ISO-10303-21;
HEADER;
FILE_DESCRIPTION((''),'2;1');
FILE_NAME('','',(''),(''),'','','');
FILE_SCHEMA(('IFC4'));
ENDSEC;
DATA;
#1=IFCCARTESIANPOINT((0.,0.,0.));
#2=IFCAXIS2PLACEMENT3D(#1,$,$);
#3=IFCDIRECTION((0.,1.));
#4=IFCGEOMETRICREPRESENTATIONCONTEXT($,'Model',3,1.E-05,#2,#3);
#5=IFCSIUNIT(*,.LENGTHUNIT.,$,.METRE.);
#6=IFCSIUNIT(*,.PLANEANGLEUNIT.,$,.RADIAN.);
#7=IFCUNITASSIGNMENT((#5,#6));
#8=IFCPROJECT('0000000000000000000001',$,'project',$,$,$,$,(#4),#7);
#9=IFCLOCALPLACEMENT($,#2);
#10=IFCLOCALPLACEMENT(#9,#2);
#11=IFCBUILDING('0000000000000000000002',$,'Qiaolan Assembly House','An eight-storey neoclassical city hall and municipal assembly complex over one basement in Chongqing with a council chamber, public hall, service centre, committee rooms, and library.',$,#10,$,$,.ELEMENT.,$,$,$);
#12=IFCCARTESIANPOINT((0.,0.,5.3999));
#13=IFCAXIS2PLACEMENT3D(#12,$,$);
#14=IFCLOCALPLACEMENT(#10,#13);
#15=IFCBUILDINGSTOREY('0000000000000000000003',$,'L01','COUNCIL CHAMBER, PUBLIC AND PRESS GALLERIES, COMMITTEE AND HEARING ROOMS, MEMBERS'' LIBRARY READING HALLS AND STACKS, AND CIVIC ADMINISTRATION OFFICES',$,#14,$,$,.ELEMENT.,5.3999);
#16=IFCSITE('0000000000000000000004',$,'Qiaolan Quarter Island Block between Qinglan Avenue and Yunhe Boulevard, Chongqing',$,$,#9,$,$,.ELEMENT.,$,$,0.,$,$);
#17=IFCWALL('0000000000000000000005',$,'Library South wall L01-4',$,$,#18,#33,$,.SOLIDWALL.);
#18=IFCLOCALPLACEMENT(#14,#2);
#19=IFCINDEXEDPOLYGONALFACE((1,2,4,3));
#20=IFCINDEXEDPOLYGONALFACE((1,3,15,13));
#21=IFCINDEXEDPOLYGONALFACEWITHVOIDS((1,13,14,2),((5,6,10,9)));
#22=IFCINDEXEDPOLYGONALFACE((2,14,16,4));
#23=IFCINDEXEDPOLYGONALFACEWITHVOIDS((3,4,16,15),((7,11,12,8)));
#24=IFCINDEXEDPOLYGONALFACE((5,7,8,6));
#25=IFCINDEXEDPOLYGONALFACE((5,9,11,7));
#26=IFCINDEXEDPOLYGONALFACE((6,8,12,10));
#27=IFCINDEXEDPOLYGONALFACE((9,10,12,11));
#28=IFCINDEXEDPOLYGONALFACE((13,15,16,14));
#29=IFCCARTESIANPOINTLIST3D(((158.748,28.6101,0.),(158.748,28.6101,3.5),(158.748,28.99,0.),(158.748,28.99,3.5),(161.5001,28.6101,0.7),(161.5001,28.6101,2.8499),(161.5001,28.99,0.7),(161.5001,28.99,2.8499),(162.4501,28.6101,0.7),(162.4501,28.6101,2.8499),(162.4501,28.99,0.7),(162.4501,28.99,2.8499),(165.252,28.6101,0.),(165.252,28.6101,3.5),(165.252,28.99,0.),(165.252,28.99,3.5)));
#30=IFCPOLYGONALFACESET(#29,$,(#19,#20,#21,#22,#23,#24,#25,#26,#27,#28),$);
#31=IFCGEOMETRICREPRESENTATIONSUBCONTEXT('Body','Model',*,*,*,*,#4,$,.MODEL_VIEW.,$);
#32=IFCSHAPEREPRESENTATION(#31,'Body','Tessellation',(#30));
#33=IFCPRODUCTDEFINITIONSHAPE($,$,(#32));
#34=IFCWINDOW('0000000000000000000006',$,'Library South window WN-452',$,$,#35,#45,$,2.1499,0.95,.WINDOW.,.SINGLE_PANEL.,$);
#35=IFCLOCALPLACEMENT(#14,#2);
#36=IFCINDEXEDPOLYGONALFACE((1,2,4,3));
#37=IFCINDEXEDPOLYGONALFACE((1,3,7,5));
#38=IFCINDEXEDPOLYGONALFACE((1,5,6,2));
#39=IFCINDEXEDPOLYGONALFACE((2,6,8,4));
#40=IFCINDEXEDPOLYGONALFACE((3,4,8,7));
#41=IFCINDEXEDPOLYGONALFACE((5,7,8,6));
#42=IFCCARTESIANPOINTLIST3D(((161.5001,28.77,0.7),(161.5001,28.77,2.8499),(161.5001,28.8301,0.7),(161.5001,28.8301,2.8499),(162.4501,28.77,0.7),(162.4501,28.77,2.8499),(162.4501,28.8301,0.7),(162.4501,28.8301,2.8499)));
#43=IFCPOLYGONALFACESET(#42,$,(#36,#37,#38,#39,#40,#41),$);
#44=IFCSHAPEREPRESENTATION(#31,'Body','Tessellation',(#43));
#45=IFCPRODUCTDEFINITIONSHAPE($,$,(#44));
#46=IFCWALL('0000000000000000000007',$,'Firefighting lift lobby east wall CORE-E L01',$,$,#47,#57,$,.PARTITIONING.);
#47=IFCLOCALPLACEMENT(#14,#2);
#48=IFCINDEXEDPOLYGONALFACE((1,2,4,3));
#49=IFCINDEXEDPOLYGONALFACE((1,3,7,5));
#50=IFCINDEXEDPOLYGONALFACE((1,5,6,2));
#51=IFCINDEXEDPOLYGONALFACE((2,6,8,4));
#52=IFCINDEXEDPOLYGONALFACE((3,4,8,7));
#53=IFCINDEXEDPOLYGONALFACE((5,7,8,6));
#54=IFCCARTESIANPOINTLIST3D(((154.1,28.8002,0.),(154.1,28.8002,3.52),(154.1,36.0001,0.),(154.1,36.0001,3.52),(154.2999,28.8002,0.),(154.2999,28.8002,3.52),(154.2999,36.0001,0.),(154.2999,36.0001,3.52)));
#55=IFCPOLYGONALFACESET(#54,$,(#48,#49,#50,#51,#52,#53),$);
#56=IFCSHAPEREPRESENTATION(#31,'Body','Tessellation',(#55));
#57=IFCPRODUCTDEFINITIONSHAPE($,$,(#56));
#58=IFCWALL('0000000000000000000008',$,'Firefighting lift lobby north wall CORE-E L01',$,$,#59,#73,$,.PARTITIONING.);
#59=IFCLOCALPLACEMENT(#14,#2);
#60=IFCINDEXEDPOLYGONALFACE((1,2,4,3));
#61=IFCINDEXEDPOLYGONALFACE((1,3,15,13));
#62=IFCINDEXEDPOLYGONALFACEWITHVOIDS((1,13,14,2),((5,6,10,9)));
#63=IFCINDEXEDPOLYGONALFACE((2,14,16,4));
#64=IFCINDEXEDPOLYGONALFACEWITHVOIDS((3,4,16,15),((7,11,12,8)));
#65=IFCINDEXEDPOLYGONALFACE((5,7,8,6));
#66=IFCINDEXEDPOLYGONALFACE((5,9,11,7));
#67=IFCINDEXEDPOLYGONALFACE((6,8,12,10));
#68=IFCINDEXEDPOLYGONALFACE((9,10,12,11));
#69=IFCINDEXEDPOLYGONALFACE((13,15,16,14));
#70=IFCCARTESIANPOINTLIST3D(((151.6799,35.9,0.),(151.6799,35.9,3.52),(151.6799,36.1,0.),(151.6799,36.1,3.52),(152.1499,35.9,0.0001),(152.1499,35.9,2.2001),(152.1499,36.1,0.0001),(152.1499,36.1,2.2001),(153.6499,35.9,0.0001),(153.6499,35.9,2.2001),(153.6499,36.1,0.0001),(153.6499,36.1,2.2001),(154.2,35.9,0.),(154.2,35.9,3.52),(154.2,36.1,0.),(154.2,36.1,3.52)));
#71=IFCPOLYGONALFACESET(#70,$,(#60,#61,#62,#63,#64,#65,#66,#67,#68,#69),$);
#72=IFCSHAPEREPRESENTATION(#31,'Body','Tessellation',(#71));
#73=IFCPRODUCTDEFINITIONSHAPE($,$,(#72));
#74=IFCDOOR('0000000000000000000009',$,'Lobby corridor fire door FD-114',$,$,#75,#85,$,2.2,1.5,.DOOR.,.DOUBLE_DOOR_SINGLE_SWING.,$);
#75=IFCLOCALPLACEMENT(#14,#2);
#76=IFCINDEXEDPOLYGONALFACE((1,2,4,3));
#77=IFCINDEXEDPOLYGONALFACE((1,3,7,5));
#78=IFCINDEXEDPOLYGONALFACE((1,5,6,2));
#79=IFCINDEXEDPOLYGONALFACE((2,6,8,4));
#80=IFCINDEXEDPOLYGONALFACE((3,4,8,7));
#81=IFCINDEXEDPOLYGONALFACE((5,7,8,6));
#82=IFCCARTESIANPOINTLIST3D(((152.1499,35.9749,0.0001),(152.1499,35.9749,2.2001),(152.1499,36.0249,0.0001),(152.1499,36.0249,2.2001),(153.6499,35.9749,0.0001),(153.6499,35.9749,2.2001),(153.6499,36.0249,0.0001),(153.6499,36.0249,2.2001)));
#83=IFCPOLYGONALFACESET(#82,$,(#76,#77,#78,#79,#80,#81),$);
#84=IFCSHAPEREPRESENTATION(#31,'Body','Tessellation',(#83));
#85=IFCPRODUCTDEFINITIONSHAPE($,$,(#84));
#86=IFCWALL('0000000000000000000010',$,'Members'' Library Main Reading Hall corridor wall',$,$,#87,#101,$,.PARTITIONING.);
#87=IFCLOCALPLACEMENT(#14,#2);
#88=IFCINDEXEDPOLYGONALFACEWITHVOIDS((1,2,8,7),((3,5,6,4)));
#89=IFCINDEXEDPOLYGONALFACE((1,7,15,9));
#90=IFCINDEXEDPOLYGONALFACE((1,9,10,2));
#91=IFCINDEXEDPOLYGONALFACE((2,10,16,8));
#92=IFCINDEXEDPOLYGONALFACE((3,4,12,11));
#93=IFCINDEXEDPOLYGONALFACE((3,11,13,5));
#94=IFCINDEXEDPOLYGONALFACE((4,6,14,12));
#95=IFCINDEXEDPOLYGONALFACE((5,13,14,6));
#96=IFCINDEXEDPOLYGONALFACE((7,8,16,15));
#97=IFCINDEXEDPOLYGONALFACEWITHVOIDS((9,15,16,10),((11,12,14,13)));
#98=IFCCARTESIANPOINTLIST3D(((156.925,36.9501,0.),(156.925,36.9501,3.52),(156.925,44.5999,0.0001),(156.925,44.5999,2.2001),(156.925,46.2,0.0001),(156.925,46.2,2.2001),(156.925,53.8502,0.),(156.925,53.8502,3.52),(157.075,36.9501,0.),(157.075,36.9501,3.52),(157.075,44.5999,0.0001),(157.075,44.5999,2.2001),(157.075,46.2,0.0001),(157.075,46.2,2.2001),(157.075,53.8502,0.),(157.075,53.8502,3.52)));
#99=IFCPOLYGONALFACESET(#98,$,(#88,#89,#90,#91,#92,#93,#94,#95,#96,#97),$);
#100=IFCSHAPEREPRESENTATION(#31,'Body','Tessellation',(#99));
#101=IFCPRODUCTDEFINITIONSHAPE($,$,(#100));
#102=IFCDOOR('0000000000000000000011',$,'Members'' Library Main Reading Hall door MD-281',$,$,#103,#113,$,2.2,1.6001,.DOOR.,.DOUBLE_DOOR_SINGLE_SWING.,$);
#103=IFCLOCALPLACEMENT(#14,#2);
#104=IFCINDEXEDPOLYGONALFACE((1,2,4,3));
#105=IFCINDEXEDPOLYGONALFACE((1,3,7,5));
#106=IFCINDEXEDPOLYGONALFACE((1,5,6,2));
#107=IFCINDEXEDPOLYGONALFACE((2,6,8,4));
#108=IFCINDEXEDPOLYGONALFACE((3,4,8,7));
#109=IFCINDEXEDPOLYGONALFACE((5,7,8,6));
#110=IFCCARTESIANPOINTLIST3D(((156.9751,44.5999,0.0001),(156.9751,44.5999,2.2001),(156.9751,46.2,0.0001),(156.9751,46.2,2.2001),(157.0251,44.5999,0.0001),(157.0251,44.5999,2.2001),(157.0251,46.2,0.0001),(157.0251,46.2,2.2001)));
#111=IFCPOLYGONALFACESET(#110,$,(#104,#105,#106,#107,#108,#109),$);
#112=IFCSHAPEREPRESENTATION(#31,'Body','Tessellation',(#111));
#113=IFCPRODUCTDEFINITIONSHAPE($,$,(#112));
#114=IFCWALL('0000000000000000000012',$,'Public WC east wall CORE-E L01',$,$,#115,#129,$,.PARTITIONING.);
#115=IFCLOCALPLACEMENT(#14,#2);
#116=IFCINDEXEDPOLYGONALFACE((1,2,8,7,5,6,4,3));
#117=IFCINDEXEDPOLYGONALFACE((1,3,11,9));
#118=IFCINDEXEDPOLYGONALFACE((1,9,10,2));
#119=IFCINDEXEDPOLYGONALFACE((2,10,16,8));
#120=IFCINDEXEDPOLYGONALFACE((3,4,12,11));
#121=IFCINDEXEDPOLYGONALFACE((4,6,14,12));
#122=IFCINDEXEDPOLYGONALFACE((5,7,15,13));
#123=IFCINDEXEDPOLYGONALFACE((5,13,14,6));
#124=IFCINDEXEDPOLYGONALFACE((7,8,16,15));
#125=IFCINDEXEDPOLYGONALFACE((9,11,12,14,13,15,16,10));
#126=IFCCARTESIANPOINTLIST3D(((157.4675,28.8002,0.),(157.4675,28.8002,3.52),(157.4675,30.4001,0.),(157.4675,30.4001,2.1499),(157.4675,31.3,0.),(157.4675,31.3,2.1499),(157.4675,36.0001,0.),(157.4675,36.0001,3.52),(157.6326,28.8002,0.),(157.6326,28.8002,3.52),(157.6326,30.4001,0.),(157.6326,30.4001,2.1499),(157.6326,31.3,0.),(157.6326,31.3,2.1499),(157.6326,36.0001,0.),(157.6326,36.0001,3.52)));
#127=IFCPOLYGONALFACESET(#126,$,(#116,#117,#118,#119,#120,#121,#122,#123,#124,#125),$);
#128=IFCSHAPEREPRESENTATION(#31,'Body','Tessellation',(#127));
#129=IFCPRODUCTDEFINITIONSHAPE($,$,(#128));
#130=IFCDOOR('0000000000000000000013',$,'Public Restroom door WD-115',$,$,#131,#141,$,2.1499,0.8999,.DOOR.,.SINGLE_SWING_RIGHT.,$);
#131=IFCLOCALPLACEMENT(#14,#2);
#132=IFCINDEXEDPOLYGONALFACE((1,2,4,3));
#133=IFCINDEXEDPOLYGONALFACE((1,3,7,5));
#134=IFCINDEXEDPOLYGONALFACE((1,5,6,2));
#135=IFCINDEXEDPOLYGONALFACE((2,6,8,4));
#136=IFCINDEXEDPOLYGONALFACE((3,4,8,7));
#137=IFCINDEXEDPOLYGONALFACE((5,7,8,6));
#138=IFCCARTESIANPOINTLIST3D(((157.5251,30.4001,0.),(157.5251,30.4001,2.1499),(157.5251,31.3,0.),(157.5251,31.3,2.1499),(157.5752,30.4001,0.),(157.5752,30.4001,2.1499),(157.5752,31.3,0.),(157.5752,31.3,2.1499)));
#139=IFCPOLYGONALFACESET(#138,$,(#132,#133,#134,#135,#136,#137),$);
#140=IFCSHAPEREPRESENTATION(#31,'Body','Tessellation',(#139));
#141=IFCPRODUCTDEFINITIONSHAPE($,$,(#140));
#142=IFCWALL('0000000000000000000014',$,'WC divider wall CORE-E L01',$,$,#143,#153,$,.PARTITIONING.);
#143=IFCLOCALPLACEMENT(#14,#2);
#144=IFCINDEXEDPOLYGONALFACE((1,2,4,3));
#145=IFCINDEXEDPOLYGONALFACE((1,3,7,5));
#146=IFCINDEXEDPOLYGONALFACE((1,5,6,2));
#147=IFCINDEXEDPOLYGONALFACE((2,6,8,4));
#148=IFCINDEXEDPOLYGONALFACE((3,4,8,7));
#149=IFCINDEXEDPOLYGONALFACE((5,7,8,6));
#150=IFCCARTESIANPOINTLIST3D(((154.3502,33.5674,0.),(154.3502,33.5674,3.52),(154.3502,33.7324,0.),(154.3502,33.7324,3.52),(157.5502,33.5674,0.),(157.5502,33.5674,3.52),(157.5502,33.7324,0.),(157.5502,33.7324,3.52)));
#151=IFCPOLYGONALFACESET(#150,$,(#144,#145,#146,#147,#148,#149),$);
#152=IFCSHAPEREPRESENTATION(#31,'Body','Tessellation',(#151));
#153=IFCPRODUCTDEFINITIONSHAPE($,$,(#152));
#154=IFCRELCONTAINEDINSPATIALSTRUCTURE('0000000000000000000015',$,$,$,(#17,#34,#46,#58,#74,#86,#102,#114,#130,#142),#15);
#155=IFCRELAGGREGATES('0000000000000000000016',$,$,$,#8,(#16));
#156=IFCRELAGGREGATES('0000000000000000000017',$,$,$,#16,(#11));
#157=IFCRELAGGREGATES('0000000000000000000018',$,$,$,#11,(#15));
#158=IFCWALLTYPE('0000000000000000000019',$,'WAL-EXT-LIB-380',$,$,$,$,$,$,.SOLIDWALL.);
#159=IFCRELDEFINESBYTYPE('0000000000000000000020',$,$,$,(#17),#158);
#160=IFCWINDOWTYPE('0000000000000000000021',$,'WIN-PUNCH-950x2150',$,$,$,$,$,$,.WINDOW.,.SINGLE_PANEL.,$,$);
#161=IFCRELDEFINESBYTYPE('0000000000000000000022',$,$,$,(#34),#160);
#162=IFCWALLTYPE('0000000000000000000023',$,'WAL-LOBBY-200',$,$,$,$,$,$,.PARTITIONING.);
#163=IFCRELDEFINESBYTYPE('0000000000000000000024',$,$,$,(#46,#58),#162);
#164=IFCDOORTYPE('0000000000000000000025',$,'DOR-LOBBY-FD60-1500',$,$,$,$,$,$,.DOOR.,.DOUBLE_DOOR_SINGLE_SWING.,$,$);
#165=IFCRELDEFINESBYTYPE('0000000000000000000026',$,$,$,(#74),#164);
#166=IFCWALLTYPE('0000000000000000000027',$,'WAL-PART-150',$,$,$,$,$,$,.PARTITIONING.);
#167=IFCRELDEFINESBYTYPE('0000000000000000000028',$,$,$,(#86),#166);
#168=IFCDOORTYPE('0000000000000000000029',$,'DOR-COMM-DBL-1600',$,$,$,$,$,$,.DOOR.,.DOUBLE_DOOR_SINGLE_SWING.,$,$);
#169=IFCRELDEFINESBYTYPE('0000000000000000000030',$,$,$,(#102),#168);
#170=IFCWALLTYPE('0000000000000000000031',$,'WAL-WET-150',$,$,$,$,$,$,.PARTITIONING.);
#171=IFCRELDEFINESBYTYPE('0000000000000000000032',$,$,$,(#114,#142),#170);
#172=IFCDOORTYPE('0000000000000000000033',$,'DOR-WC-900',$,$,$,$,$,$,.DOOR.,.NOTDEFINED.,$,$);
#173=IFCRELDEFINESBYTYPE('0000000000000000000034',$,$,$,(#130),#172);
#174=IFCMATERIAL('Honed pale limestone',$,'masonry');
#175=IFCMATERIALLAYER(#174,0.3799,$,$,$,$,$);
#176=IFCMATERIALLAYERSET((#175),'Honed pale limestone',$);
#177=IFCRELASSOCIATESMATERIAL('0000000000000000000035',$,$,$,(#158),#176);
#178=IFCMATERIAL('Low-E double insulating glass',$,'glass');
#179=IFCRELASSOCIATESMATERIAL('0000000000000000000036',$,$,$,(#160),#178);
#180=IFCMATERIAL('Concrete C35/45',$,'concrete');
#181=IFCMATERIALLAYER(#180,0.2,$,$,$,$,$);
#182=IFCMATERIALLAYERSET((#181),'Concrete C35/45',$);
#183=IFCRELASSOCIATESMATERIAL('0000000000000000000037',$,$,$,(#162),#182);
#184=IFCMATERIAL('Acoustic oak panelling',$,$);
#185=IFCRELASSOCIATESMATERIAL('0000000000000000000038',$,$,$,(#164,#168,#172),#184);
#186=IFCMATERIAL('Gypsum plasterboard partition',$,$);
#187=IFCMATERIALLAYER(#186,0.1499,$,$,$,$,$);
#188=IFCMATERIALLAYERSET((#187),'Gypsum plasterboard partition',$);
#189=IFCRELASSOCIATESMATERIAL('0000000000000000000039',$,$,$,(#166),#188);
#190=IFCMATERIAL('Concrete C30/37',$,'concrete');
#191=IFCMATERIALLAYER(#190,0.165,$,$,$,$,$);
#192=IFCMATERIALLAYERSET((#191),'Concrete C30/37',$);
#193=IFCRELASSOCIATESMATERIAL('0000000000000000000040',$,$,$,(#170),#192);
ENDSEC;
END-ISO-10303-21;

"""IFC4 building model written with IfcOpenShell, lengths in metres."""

from ifc_helpers import new_model, si_unit, direction, frame, frame_2d, origin, place, context, subcontext, project, spatial, rectangle, extrude, material, layer, layer_set, type_object, element, fill, save


model = new_model("IFC4")

# Units and contexts
model_context = context("Model", 3, precision=1e-05, world=origin(), true_north=direction((0.0, 1.0)))
body_context = subcontext(model_context, "Body", "Model", "MODEL_VIEW")
ifc_project = project(units=[si_unit("LENGTHUNIT", "METRE"), si_unit("PLANEANGLEUNIT", "RADIAN")], contexts=[model_context])

# Site, building, storey
site_placement = place(None, origin())
site = spatial("IfcSite", under=ifc_project, at=site_placement, Name="Qiaolan Quarter Island Block between Qinglan Avenue and Yunhe Boulevard, Chongqing", CompositionType="ELEMENT", RefElevation=0.0)
building_placement = place(site_placement, origin())
building = spatial("IfcBuilding", under=site, at=building_placement, Name="Qiaolan Assembly House", Description="An eight-storey neoclassical city hall and municipal assembly complex over one basement in Chongqing with a council chamber, public hall, service centre, committee rooms, and library.", CompositionType="ELEMENT")
storey_placement = place(building_placement, frame((0.0, 0.0, 5.3999)))
storey = spatial("IfcBuildingStorey", under=building, at=storey_placement, Name="L01", Description="COUNCIL CHAMBER, PUBLIC AND PRESS GALLERIES, COMMITTEE AND HEARING ROOMS, MEMBERS' LIBRARY READING HALLS AND STACKS, AND CIVIC ADMINISTRATION OFFICES", CompositionType="ELEMENT", Elevation=5.3999)

# Wall, opening, window
ifc_material_1 = material(Name="Honed pale limestone", Category="masonry")
ifc_layer_1 = layer(ifc_material_1, 0.3799)
ifc_layer_set_1 = layer_set([ifc_layer_1], Name="Honed pale limestone")
wall_type_1 = type_object("IfcWallType", Name="WAL-EXT-LIB-380", PredefinedType="SOLIDWALL", material=ifc_layer_set_1)
wall_1_placement = place(storey_placement, frame((158.748, 28.8, 0.0), z_axis=(0.0, 0.0, 1.0), x_axis=(1.0, 0.0, 0.0)))
wall_1 = element("IfcWall", 1, at=wall_1_placement, inside=storey, type_object=wall_type_1, Name="Library South wall L01-4", PredefinedType="SOLIDWALL", context=body_context, shape_type="SweptSolid", body=[
    extrude(rectangle(XDim=6.5039, YDim=0.3799, at=frame_2d((3.252, 0.0))), origin(), (0.0, 0.0, 1.0), 3.5),
])
opening_1_placement = place(wall_1_placement, frame((2.752, 0.0, 0.7)))
opening_1 = element("IfcOpeningElement", 2, at=opening_1_placement, cuts=wall_1, PredefinedType="OPENING", context=body_context, shape_type="SweptSolid", body=[
    extrude(rectangle(XDim=0.95, YDim=2.1499, at=frame_2d((0.4751, 1.075))), frame((0.0, 0.2, 0.0), z_axis=(0.0, -1.0, 0.0), x_axis=(1.0, 0.0, 0.0)), (0.0, 0.0, 1.0), 0.3999),
])
ifc_material_2 = material(Name="Low-E double insulating glass", Category="glass")
window_type = type_object("IfcWindowType", Name="WIN-PUNCH-950x2150", PartitioningType="SINGLE_PANEL", PredefinedType="WINDOW", material=ifc_material_2)
window_placement = place(opening_1_placement, origin())
window = element("IfcWindow", 3, at=window_placement, inside=storey, type_object=window_type, Name="Library South window WN-452", OverallHeight=2.1499, OverallWidth=0.95, PartitioningType="SINGLE_PANEL", PredefinedType="WINDOW", context=body_context, shape_type="SweptSolid", body=[
    extrude(rectangle(XDim=0.95, YDim=2.1499, at=frame_2d((0.4751, 1.075))), frame((0.0, 0.03, 0.0), z_axis=(0.0, -1.0, 0.0), x_axis=(1.0, 0.0, 0.0)), (0.0, 0.0, 1.0), 0.0601),
])
fill(opening_1, window)

# Wall
ifc_material_3 = material(Name="Concrete C35/45", Category="concrete")
ifc_layer_2 = layer(ifc_material_3, 0.2)
ifc_layer_set_2 = layer_set([ifc_layer_2], Name="Concrete C35/45")
wall_type_2 = type_object("IfcWallType", Name="WAL-LOBBY-200", PredefinedType="PARTITIONING", material=ifc_layer_set_2)
wall_2_placement = place(storey_placement, frame((154.2, 28.8, 0.0), z_axis=(0.0, 0.0, 1.0), x_axis=(0.0, 1.0, 0.0)))
element("IfcWall", 4, at=wall_2_placement, inside=storey, type_object=wall_type_2, Name="Firefighting lift lobby east wall CORE-E L01", PredefinedType="PARTITIONING", context=body_context, shape_type="SweptSolid", body=[
    extrude(rectangle(XDim=7.2, YDim=0.2, at=frame_2d((3.6001, 0.0))), origin(), (0.0, 0.0, 1.0), 3.52),
])

# Walls, openings, doors
wall_3_placement = place(storey_placement, frame((154.2, 36.0, 0.0), z_axis=(0.0, 0.0, 1.0), x_axis=(-1.0, 0.0, 0.0)))
wall_3 = element("IfcWall", 5, at=wall_3_placement, inside=storey, type_object=wall_type_2, Name="Firefighting lift lobby north wall CORE-E L01", PredefinedType="PARTITIONING", context=body_context, shape_type="SweptSolid", body=[
    extrude(rectangle(XDim=2.52, YDim=0.2, at=frame_2d((1.26, 0.0))), origin(), (0.0, 0.0, 1.0), 3.52),
])
opening_2_placement = place(wall_3_placement, frame((0.55, 0.0, 0.0)))
opening_2 = element("IfcOpeningElement", 6, at=opening_2_placement, cuts=wall_3, PredefinedType="OPENING", context=body_context, shape_type="SweptSolid", body=[
    extrude(rectangle(XDim=1.5, YDim=2.2, at=frame_2d((0.75, 1.1001))), frame((0.0, 0.1099, 0.0), z_axis=(0.0, -1.0, 0.0), x_axis=(1.0, 0.0, 0.0)), (0.0, 0.0, 1.0), 0.22),
])
ifc_material_4 = material(Name="Acoustic oak panelling")
door_type_1 = type_object("IfcDoorType", Name="DOR-LOBBY-FD60-1500", OperationType="DOUBLE_DOOR_SINGLE_SWING", PredefinedType="DOOR", material=ifc_material_4)
door_1_placement = place(opening_2_placement, frame((1.5, 0.0, 0.0), z_axis=(0.0, 0.0, 1.0), x_axis=(-1.0, 0.0, 0.0)))
door_1 = element("IfcDoor", 7, at=door_1_placement, inside=storey, type_object=door_type_1, Name="Lobby corridor fire door FD-114", OperationType="DOUBLE_DOOR_SINGLE_SWING", OverallHeight=2.2, OverallWidth=1.5, PredefinedType="DOOR", context=body_context, shape_type="SweptSolid", body=[
    extrude(rectangle(XDim=1.5, YDim=2.2, at=frame_2d((0.75, 1.1001))), frame((0.0, 0.0249, 0.0), z_axis=(0.0, -1.0, 0.0), x_axis=(1.0, 0.0, 0.0)), (0.0, 0.0, 1.0), 0.05),
])
fill(opening_2, door_1)
ifc_material_5 = material(Name="Gypsum plasterboard partition")
ifc_layer_3 = layer(ifc_material_5, 0.1499)
ifc_layer_set_3 = layer_set([ifc_layer_3], Name="Gypsum plasterboard partition")
wall_type_3 = type_object("IfcWallType", Name="WAL-PART-150", PredefinedType="PARTITIONING", material=ifc_layer_set_3)
wall_4_placement = place(storey_placement, frame((157.0, 36.95, 0.0), z_axis=(0.0, 0.0, 1.0), x_axis=(0.0, 1.0, 0.0)))
wall_4 = element("IfcWall", 8, at=wall_4_placement, inside=storey, type_object=wall_type_3, Name="Members' Library Main Reading Hall corridor wall", PredefinedType="PARTITIONING", context=body_context, shape_type="SweptSolid", body=[
    extrude(rectangle(XDim=16.9001, YDim=0.1499, at=frame_2d((8.4502, 0.0))), origin(), (0.0, 0.0, 1.0), 3.52),
])
opening_3_placement = place(wall_4_placement, frame((7.6499, 0.0, 0.0)))
opening_3 = element("IfcOpeningElement", 9, at=opening_3_placement, cuts=wall_4, PredefinedType="OPENING", context=body_context, shape_type="SweptSolid", body=[
    extrude(rectangle(XDim=1.6001, YDim=2.2, at=frame_2d((0.8, 1.1001))), frame((0.0, 0.085, 0.0), z_axis=(0.0, -1.0, 0.0), x_axis=(1.0, 0.0, 0.0)), (0.0, 0.0, 1.0), 0.1699),
])
door_type_2 = type_object("IfcDoorType", Name="DOR-COMM-DBL-1600", OperationType="DOUBLE_DOOR_SINGLE_SWING", PredefinedType="DOOR", material=ifc_material_4)
door_2_placement = place(opening_3_placement, origin())
door_2 = element("IfcDoor", 10, at=door_2_placement, inside=storey, type_object=door_type_2, Name="Members' Library Main Reading Hall door MD-281", OperationType="DOUBLE_DOOR_SINGLE_SWING", OverallHeight=2.2, OverallWidth=1.6001, PredefinedType="DOOR", context=body_context, shape_type="SweptSolid", body=[
    extrude(rectangle(XDim=1.6001, YDim=2.2, at=frame_2d((0.8, 1.1001))), frame((0.0, 0.0249, 0.0), z_axis=(0.0, -1.0, 0.0), x_axis=(1.0, 0.0, 0.0)), (0.0, 0.0, 1.0), 0.05),
])
fill(opening_3, door_2)
ifc_material_6 = material(Name="Concrete C30/37", Category="concrete")
ifc_layer_4 = layer(ifc_material_6, 0.165)
ifc_layer_set_4 = layer_set([ifc_layer_4], Name="Concrete C30/37")
wall_type_4 = type_object("IfcWallType", Name="WAL-WET-150", PredefinedType="PARTITIONING", material=ifc_layer_set_4)
wall_5_placement = place(storey_placement, frame((157.55, 28.8, 0.0), z_axis=(0.0, 0.0, 1.0), x_axis=(0.0, 1.0, 0.0)))
wall_5 = element("IfcWall", 11, at=wall_5_placement, inside=storey, type_object=wall_type_4, Name="Public WC east wall CORE-E L01", PredefinedType="PARTITIONING", context=body_context, shape_type="SweptSolid", body=[
    extrude(rectangle(XDim=7.2, YDim=0.165, at=frame_2d((3.6001, 0.0))), origin(), (0.0, 0.0, 1.0), 3.52),
])
opening_4_placement = place(wall_5_placement, frame((1.6001, 0.0, 0.0)))
opening_4 = element("IfcOpeningElement", 12, at=opening_4_placement, cuts=wall_5, PredefinedType="OPENING", context=body_context, shape_type="SweptSolid", body=[
    extrude(rectangle(XDim=0.8999, YDim=2.1499, at=frame_2d((0.45, 1.075))), frame((0.0, 0.0925, 0.0), z_axis=(0.0, -1.0, 0.0), x_axis=(1.0, 0.0, 0.0)), (0.0, 0.0, 1.0), 0.1851),
])
door_type_3 = type_object("IfcDoorType", Name="DOR-WC-900", OperationType="NOTDEFINED", PredefinedType="DOOR", material=ifc_material_4)
door_3_placement = place(opening_4_placement, origin())
door_3 = element("IfcDoor", 13, at=door_3_placement, inside=storey, type_object=door_type_3, Name="Public Restroom door WD-115", OperationType="SINGLE_SWING_RIGHT", OverallHeight=2.1499, OverallWidth=0.8999, PredefinedType="DOOR", context=body_context, shape_type="SweptSolid", body=[
    extrude(rectangle(XDim=0.8999, YDim=2.1499, at=frame_2d((0.45, 1.075))), frame((0.0, 0.0249, 0.0), z_axis=(0.0, -1.0, 0.0), x_axis=(1.0, 0.0, 0.0)), (0.0, 0.0, 1.0), 0.05),
])
fill(opening_4, door_3)

# Wall
wall_6_placement = place(storey_placement, frame((154.3501, 33.6499, 0.0), z_axis=(0.0, 0.0, 1.0), x_axis=(1.0, 0.0, 0.0)))
element("IfcWall", 14, at=wall_6_placement, inside=storey, type_object=wall_type_4, Name="WC divider wall CORE-E L01", PredefinedType="PARTITIONING", context=body_context, shape_type="SweptSolid", body=[
    extrude(rectangle(XDim=3.2, YDim=0.165, at=frame_2d((1.6001, 0.0))), origin(), (0.0, 0.0, 1.0), 3.52),
])

save(model, "model.ifc")
